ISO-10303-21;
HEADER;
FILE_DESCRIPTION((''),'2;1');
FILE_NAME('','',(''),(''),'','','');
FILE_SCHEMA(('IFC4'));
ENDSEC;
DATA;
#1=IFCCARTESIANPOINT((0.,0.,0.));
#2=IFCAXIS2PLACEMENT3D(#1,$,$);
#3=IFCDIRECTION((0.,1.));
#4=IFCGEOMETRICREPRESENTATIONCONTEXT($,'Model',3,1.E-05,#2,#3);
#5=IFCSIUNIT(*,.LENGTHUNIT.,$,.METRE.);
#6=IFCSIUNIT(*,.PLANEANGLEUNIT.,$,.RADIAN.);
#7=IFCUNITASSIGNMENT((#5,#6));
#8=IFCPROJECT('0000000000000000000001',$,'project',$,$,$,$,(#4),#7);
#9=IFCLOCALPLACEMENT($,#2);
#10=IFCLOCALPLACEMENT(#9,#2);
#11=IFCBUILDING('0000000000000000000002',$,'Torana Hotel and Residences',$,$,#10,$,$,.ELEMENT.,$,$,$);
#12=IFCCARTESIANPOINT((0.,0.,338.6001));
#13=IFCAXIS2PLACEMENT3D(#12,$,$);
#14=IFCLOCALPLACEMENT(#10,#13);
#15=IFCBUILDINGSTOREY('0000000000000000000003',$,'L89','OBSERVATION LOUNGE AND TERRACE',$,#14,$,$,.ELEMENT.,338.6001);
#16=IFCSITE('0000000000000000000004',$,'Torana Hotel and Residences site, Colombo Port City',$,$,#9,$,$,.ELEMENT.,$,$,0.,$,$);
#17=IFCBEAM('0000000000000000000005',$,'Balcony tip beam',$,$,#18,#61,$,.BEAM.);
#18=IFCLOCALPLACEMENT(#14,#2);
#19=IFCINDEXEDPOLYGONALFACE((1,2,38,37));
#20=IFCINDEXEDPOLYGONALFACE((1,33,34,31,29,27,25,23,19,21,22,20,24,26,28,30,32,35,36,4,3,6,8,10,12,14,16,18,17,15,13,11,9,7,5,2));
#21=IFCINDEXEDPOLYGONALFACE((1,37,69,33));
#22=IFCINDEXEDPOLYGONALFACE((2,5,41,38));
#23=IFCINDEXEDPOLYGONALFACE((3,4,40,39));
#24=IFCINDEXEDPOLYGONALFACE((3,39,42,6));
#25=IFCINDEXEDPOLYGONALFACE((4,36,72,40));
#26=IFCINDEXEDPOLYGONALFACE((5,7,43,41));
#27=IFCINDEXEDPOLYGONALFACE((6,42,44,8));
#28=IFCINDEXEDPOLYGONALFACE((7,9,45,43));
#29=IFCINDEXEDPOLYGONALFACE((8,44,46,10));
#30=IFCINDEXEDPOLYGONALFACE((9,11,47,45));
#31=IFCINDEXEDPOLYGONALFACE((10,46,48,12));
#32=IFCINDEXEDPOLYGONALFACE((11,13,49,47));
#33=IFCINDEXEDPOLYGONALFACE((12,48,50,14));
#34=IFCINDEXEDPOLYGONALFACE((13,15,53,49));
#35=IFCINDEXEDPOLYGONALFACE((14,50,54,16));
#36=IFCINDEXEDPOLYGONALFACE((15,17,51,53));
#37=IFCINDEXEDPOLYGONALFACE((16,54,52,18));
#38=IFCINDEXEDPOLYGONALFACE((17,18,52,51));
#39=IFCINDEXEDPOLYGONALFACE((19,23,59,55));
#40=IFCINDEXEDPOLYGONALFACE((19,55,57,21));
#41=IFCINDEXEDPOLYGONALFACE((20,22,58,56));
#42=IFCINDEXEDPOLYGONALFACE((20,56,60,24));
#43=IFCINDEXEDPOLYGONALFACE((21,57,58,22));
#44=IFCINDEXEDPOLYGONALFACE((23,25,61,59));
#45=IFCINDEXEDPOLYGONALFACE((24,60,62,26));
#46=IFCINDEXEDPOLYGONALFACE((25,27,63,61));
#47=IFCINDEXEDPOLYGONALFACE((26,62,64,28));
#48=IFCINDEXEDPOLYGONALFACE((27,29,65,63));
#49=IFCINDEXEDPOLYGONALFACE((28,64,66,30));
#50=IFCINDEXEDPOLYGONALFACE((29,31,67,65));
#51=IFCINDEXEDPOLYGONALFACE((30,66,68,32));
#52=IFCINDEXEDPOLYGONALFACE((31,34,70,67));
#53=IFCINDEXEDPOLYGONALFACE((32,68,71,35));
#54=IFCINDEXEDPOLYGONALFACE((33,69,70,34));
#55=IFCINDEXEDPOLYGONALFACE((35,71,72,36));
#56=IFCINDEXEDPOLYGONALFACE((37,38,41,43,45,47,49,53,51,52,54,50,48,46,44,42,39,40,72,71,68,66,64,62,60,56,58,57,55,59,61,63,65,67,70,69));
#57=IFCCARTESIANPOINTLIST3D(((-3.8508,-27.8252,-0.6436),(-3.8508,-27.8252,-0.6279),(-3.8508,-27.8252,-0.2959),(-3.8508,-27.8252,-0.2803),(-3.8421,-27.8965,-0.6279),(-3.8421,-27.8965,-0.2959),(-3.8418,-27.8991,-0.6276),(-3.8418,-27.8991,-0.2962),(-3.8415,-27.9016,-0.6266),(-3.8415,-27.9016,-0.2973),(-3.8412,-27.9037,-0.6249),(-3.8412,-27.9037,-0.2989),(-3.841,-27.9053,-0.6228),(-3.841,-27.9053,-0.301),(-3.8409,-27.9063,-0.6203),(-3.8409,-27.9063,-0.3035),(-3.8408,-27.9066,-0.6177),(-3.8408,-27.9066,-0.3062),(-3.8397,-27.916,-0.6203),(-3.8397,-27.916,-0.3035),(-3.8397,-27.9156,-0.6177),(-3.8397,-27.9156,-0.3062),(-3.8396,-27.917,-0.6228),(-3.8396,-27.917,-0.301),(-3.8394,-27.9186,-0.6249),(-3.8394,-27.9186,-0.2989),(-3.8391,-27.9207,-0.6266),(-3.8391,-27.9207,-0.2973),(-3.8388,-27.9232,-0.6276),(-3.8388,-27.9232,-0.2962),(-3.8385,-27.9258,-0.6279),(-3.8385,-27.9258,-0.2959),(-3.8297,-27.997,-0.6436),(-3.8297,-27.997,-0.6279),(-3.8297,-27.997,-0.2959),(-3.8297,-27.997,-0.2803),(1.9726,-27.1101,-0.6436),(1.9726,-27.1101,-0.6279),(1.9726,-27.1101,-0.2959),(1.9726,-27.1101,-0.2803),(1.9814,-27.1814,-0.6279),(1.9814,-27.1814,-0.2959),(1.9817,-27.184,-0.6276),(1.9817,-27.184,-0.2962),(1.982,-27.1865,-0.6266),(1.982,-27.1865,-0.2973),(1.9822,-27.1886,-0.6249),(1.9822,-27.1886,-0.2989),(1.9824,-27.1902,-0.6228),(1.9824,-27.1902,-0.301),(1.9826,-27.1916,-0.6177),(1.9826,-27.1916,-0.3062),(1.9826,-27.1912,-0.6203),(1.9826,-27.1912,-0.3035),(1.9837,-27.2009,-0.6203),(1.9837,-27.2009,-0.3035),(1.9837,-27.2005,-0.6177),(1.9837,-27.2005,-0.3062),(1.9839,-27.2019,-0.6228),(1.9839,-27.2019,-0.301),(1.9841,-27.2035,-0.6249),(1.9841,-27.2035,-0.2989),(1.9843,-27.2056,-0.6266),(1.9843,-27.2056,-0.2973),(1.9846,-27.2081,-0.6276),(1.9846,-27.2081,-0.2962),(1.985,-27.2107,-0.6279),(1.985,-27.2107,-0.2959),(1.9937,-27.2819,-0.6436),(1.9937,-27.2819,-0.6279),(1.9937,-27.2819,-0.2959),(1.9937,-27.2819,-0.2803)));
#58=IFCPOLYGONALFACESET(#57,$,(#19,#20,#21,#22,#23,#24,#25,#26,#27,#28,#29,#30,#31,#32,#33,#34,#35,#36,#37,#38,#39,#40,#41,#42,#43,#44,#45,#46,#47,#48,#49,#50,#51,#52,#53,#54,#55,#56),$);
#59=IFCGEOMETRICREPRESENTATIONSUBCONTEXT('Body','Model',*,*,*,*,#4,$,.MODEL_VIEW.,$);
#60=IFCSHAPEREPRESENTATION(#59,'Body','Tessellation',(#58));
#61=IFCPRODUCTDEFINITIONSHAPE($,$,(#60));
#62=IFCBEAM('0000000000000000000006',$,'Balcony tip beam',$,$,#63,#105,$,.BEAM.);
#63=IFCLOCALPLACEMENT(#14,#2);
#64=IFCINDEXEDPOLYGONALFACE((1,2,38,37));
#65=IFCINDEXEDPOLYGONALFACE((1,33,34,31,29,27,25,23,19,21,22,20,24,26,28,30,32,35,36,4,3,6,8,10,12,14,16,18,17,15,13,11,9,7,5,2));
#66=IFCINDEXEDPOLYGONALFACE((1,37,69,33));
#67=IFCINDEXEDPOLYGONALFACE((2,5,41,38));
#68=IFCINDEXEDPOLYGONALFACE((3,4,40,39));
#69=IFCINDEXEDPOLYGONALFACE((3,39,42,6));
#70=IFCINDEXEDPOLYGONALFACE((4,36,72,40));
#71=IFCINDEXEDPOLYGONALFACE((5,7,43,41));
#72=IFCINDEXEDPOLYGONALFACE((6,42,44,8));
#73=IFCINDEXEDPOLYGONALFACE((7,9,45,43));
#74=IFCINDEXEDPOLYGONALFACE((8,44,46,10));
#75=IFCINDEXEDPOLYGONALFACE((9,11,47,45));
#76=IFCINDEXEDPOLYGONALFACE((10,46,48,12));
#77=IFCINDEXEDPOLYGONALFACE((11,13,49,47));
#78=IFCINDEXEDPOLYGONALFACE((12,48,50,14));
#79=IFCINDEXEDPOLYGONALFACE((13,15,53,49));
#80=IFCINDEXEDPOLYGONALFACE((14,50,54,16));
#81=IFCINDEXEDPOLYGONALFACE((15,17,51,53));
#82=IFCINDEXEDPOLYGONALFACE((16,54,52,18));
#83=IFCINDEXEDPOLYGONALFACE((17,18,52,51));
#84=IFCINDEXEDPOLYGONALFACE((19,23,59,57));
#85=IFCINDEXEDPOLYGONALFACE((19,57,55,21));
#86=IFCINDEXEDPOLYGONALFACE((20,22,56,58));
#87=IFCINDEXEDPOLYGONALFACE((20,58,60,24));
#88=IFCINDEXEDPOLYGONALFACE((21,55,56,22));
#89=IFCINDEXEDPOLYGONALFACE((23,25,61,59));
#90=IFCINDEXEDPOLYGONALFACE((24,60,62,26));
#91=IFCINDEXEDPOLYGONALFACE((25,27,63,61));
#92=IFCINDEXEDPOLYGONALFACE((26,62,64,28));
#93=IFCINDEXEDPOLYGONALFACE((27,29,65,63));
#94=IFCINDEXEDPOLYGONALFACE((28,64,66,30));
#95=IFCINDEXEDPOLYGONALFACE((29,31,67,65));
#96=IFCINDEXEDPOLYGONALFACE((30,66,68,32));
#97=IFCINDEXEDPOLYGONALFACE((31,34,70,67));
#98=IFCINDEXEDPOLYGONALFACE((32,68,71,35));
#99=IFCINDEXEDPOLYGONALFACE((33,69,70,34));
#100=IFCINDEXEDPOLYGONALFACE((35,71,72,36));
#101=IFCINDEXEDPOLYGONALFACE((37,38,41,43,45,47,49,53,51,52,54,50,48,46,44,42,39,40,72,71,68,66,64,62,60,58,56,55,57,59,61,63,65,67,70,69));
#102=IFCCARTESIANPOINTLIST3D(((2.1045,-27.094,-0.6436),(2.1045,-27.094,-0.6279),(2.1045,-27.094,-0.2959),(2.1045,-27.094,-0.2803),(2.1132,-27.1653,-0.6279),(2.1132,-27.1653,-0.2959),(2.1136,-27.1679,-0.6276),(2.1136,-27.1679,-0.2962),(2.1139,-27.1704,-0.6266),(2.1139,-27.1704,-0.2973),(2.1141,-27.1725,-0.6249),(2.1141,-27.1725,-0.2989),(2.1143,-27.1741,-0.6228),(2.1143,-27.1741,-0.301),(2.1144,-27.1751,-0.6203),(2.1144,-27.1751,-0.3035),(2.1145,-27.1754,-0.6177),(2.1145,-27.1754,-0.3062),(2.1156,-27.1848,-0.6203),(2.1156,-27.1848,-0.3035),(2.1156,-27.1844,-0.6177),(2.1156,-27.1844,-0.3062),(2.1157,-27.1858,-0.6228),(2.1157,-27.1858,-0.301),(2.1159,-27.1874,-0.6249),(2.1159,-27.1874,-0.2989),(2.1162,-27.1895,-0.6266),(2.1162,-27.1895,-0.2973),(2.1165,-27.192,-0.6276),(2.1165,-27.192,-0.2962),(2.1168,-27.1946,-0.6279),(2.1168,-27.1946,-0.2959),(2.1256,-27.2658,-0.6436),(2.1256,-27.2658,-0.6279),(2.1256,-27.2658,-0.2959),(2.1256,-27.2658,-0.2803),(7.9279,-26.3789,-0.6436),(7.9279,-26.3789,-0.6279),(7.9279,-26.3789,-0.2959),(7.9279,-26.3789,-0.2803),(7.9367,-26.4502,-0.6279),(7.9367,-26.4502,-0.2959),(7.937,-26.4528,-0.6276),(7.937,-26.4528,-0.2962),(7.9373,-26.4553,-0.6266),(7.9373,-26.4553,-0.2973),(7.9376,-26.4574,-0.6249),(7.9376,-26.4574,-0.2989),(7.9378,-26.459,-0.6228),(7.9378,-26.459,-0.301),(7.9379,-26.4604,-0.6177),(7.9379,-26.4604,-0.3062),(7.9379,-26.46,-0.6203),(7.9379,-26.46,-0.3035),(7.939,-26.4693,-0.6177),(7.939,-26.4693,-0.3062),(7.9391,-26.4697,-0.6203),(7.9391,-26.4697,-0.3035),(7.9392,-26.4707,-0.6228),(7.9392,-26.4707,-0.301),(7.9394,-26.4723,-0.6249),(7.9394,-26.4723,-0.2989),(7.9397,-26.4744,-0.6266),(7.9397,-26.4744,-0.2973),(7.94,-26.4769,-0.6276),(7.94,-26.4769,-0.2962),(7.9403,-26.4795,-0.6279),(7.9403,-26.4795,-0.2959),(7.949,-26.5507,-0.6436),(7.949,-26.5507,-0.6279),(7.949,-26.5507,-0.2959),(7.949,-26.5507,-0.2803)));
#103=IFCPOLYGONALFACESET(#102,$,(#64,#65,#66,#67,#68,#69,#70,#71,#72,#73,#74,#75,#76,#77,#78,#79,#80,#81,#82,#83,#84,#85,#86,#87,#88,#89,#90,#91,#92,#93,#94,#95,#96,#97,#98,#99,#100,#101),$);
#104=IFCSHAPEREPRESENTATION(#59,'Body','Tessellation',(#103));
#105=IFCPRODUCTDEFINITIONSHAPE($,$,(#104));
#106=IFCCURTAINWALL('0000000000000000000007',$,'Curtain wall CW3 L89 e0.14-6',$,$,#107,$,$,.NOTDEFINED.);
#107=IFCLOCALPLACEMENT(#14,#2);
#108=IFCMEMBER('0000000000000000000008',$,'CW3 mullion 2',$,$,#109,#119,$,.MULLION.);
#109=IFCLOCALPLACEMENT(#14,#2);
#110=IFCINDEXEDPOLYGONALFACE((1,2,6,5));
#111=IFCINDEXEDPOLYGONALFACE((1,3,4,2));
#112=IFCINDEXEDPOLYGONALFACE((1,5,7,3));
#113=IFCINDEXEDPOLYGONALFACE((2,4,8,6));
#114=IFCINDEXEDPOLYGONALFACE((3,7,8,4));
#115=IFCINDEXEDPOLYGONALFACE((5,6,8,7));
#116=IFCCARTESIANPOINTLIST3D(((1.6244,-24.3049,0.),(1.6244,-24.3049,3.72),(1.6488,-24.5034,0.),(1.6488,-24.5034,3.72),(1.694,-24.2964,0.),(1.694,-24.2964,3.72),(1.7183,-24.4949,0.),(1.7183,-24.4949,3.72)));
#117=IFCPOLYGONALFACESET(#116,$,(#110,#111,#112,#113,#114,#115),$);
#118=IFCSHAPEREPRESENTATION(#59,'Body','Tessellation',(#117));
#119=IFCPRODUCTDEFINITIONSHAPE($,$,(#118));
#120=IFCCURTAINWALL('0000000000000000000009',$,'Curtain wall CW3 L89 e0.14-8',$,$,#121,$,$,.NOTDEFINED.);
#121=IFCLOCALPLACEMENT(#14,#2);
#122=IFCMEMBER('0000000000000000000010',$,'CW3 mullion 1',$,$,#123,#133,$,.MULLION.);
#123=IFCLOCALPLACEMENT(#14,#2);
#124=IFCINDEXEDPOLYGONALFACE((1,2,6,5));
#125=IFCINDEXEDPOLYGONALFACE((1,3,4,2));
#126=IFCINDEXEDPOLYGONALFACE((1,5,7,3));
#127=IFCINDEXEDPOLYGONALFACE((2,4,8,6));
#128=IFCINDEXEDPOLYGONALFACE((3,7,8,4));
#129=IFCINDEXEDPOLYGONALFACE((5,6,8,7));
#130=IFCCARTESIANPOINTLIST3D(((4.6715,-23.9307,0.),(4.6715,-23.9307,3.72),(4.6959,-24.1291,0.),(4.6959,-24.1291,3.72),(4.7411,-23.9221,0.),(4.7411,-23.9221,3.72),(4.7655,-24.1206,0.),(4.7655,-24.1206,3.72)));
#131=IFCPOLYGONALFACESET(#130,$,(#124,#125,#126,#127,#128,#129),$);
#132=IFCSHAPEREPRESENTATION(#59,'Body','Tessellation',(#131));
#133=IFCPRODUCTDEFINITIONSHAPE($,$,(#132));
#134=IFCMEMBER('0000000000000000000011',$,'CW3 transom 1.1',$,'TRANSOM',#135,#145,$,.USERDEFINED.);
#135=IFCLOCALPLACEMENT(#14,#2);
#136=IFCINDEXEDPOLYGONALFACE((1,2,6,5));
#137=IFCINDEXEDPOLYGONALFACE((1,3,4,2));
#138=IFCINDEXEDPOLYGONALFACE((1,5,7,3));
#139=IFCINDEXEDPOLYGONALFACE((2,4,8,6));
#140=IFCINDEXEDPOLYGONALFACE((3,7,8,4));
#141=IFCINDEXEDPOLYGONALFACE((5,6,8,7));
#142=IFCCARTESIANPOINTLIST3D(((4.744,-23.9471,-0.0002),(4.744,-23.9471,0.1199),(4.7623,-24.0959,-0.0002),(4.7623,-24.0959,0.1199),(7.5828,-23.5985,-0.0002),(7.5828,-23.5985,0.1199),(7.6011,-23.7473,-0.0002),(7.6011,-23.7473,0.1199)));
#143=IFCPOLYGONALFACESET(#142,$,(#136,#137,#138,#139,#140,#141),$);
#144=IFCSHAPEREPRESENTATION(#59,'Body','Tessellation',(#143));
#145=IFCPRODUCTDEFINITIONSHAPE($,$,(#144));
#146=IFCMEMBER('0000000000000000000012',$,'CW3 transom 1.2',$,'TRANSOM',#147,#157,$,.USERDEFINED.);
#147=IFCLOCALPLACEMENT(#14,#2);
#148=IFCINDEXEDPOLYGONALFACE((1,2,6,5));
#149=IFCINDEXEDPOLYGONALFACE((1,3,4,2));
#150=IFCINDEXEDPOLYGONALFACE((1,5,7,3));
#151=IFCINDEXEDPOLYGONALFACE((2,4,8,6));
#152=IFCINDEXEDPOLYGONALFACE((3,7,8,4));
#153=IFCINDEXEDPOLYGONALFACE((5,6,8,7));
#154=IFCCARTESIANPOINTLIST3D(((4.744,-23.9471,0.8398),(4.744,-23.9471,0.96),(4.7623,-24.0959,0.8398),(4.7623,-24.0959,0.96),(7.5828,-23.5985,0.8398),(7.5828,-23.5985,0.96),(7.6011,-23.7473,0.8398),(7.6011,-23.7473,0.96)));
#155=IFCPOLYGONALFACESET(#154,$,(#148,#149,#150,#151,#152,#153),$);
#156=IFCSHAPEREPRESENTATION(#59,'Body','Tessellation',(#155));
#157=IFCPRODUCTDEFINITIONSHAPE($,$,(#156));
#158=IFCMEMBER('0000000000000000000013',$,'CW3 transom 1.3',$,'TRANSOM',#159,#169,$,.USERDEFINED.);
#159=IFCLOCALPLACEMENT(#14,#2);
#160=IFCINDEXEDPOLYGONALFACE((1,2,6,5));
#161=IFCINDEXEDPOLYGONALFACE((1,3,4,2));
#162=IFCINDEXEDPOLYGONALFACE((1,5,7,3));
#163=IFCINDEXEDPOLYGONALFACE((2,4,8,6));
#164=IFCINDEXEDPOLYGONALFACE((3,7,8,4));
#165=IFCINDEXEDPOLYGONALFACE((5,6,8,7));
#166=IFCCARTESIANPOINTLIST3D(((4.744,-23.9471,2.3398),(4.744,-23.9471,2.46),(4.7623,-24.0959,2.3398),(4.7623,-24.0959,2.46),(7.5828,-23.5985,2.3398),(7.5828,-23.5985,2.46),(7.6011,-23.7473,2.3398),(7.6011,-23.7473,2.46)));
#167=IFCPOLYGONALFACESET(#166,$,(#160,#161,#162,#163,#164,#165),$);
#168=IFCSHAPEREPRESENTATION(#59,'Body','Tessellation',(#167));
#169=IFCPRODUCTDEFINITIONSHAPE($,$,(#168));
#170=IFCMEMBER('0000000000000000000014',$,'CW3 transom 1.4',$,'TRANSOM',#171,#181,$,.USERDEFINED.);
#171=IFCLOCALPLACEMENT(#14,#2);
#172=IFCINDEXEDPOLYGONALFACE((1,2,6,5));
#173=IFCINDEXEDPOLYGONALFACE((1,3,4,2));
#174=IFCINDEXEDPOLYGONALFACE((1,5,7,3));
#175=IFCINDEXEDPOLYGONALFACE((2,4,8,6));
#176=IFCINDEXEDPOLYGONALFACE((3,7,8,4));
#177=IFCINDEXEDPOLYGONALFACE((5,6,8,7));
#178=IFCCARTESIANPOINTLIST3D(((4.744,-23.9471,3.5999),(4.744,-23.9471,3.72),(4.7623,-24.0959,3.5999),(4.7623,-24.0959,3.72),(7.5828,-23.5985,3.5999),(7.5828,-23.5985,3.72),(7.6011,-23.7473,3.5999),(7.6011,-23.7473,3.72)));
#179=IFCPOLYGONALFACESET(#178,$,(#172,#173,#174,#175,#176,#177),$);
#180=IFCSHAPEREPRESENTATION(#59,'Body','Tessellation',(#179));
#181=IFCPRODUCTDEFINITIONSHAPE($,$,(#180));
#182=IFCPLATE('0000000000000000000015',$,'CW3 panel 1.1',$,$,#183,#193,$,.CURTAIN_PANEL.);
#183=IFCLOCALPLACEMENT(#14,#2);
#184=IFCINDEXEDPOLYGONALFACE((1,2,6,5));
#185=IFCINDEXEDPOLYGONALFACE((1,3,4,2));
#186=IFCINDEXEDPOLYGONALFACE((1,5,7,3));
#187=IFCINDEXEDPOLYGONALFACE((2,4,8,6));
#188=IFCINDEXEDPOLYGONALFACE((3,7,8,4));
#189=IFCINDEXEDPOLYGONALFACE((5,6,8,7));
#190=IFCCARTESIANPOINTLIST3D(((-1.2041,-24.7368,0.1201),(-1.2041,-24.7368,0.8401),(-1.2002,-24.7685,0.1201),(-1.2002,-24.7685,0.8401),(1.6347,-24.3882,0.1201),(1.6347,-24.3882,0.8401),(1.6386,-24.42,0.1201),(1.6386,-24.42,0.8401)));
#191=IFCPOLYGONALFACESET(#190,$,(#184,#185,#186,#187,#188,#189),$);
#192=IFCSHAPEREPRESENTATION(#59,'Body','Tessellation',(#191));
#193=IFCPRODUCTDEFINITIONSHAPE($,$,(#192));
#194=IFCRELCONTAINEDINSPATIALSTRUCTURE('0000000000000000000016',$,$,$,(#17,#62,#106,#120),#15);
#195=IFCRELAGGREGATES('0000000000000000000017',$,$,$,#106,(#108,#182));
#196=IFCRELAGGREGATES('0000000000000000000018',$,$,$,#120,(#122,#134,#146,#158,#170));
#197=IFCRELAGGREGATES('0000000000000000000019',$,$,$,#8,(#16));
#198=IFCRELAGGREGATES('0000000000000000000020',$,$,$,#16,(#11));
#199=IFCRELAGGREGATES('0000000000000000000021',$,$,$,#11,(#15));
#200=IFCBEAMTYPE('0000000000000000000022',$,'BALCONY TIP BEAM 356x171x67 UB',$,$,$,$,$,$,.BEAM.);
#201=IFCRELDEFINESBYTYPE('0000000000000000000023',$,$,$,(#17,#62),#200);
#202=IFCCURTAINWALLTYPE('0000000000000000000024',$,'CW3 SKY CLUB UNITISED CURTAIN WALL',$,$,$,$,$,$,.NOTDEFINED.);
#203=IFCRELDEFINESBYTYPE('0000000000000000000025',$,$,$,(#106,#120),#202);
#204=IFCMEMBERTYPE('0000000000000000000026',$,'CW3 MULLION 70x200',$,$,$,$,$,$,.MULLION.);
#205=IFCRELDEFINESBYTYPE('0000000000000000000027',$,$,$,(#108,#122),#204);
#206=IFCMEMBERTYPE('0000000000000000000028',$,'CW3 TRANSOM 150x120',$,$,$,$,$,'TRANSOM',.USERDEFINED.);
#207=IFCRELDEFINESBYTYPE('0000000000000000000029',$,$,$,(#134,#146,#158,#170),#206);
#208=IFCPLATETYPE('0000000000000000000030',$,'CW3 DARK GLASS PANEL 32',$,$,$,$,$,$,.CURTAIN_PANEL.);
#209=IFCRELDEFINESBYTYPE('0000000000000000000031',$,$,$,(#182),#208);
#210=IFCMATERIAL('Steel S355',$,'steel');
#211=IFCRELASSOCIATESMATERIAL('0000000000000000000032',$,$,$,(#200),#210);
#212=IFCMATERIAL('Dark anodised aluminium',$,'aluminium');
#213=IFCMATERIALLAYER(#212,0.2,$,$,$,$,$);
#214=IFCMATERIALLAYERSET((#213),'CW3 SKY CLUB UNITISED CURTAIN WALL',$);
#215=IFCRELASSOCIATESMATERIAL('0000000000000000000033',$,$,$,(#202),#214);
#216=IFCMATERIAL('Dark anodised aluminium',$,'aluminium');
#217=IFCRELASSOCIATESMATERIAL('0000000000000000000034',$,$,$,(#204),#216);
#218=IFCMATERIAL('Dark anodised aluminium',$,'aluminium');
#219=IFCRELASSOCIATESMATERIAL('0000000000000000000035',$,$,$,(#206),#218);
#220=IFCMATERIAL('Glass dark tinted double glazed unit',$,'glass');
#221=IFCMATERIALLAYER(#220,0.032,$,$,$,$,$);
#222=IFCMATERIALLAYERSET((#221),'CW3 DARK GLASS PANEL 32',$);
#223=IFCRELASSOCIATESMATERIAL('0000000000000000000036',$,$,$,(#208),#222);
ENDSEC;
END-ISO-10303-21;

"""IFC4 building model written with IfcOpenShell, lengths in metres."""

from ifc_helpers import new_model, si_unit, direction, frame, origin, origin_2d, place, context, subcontext, project, spatial, rectangle, i_section, extrude, material, layer, layer_set, material_profile, profile_set, type_object, element, aggregate, save


model = new_model("IFC4")

# Units and contexts
model_context = context("Model", 3, precision=1e-05, world=origin(), true_north=direction((0.0, 1.0)))
body_context = subcontext(model_context, "Body", "Model", "MODEL_VIEW")
ifc_project = project(units=[si_unit("LENGTHUNIT", "METRE"), si_unit("PLANEANGLEUNIT", "RADIAN")], contexts=[model_context])

# Site, building, storey
site_placement = place(None, origin())
site = spatial("IfcSite", under=ifc_project, at=site_placement, Name="Torana Hotel and Residences site, Colombo Port City", CompositionType="ELEMENT", RefElevation=0.0)
building_placement = place(site_placement, origin())
building = spatial("IfcBuilding", under=site, at=building_placement, Name="Torana Hotel and Residences", CompositionType="ELEMENT")
storey_placement = place(building_placement, frame((0.0, 0.0, 338.6001)))
storey = spatial("IfcBuildingStorey", under=building, at=storey_placement, Name="L89", Description="OBSERVATION LOUNGE AND TERRACE", CompositionType="ELEMENT", Elevation=338.6001)

# Beams
ifc_material_1 = material(Name="Steel S355", Category="steel")
ifc_material_profile_1 = material_profile(ifc_material_1, i_section(OverallWidth=0.1731, OverallDepth=0.3633, WebThickness=0.009, FlangeThickness=0.0156, FilletRadius=0.0103, at=origin_2d()), Name="356x171x67 UB")
ifc_profile_set_1 = profile_set([ifc_material_profile_1], Name="Steel S355")
beam_type = type_object("IfcBeamType", Name="BALCONY TIP BEAM 356x171x67 UB", PredefinedType="BEAM", material=ifc_profile_set_1)
for number, where, z_axis, x_axis, name in (
    (1, (1.9832, -27.196, -0.4619), (-0.992545, -0.121878, 0.0), (0.121878, -0.992545, 0.0), "Balcony tip beam"),
    (2, (7.9385, -26.4648, -0.4619), (-0.992545, -0.121878, 0.0), (0.121878, -0.992545, 0.0), "Balcony tip beam"),
):
    element("IfcBeam", number, at=place(storey_placement, frame(where, z_axis=z_axis, x_axis=x_axis)), inside=storey, type_object=beam_type, Name=name, PredefinedType="BEAM", context=body_context, shape_type="SweptSolid", body=[
        extrude(i_section(OverallWidth=0.1731, OverallDepth=0.3633, WebThickness=0.009, FlangeThickness=0.0156, FilletRadius=0.0103, at=origin_2d()), origin(), (0.0, 0.0, 1.0), 5.8672),
    ])

# Curtain wall, member
ifc_material_2 = material(Name="Dark anodised aluminium", Category="aluminium")
ifc_layer_1 = layer(ifc_material_2, 0.2)
ifc_layer_set_1 = layer_set([ifc_layer_1], Name="CW3 SKY CLUB UNITISED CURTAIN WALL")
curtain_wall_type = type_object("IfcCurtainWallType", Name="CW3 SKY CLUB UNITISED CURTAIN WALL", PredefinedType="NOTDEFINED", material=ifc_layer_set_1)
curtain_wall_1_placement = place(storey_placement, origin())
curtain_wall_1 = element("IfcCurtainWall", 3, at=curtain_wall_1_placement, inside=storey, type_object=curtain_wall_type, Name="Curtain wall CW3 L89 e0.14-6", PredefinedType="NOTDEFINED")
ifc_material_3 = material(Name="Dark anodised aluminium", Category="aluminium")
ifc_material_profile_2 = material_profile(ifc_material_3, rectangle(XDim=0.2, YDim=0.0701, at=origin_2d()), Name="CW3 MULLION 70x200")
ifc_profile_set_2 = profile_set([ifc_material_profile_2], Name="Dark anodised aluminium")
member_type_1 = type_object("IfcMemberType", Name="CW3 MULLION 70x200", PredefinedType="MULLION", material=ifc_profile_set_2)
member_1_placement = place(storey_placement, frame((1.6714, -24.3999, 0.0), z_axis=(0.0, 0.0, 1.0), x_axis=(-0.121864, 0.992547, 0.0)))
member_1 = element("IfcMember", 4, at=member_1_placement, type_object=member_type_1, Name="CW3 mullion 2", PredefinedType="MULLION", context=body_context, shape_type="SweptSolid", body=[
    extrude(rectangle(XDim=0.2, YDim=0.0701, at=origin_2d()), origin(), (0.0, 0.0, 1.0), 3.72),
])

# Curtain wall, members
curtain_wall_2_placement = place(storey_placement, origin())
curtain_wall_2 = element("IfcCurtainWall", 5, at=curtain_wall_2_placement, inside=storey, type_object=curtain_wall_type, Name="Curtain wall CW3 L89 e0.14-8", PredefinedType="NOTDEFINED")
member_2_placement = place(storey_placement, frame((4.7185, -24.0256, 0.0), z_axis=(0.0, 0.0, 1.0), x_axis=(-0.121868, 0.992546, 0.0)))
member_2 = element("IfcMember", 6, at=member_2_placement, type_object=member_type_1, Name="CW3 mullion 1", PredefinedType="MULLION", context=body_context, shape_type="SweptSolid", body=[
    extrude(rectangle(XDim=0.2, YDim=0.0701, at=origin_2d()), origin(), (0.0, 0.0, 1.0), 3.72),
])
ifc_material_4 = material(Name="Dark anodised aluminium", Category="aluminium")
ifc_material_profile_3 = material_profile(ifc_material_4, rectangle(XDim=0.1499, YDim=0.1201, at=origin_2d()), Name="CW3 TRANSOM 150x120")
ifc_profile_set_3 = profile_set([ifc_material_profile_3], Name="Dark anodised aluminium")
member_type_2 = type_object("IfcMemberType", Name="CW3 TRANSOM 150x120", ElementType="TRANSOM", PredefinedType="USERDEFINED", material=ifc_profile_set_3)
member_3_placement = place(storey_placement, frame((4.7532, -24.0215, 0.0598), z_axis=(0.992543, 0.121891, 0.0), x_axis=(-0.121891, 0.992543, 0.0)))
member_3 = element("IfcMember", 7, at=member_3_placement, type_object=member_type_2, Name="CW3 transom 1.1", ObjectType="TRANSOM", PredefinedType="USERDEFINED", context=body_context, shape_type="SweptSolid", body=[
    extrude(rectangle(XDim=0.1499, YDim=0.1201, at=origin_2d()), origin(), (0.0, 0.0, 1.0), 2.8601),
])
member_4_placement = place(storey_placement, frame((4.7532, -24.0215, 0.8999), z_axis=(0.992543, 0.121891, 0.0), x_axis=(-0.121891, 0.992543, 0.0)))
member_4 = element("IfcMember", 8, at=member_4_placement, type_object=member_type_2, Name="CW3 transom 1.2", ObjectType="TRANSOM", PredefinedType="USERDEFINED", context=body_context, shape_type="SweptSolid", body=[
    extrude(rectangle(XDim=0.1499, YDim=0.1201, at=origin_2d()), origin(), (0.0, 0.0, 1.0), 2.8601),
])
member_5_placement = place(storey_placement, frame((4.7532, -24.0215, 2.3999), z_axis=(0.992543, 0.121891, 0.0), x_axis=(-0.121891, 0.992543, 0.0)))
member_5 = element("IfcMember", 9, at=member_5_placement, type_object=member_type_2, Name="CW3 transom 1.3", ObjectType="TRANSOM", PredefinedType="USERDEFINED", context=body_context, shape_type="SweptSolid", body=[
    extrude(rectangle(XDim=0.1499, YDim=0.1201, at=origin_2d()), origin(), (0.0, 0.0, 1.0), 2.8601),
])
member_6_placement = place(storey_placement, frame((4.7532, -24.0215, 3.6599), z_axis=(0.992543, 0.121891, 0.0), x_axis=(-0.121891, 0.992543, 0.0)))
member_6 = element("IfcMember", 10, at=member_6_placement, type_object=member_type_2, Name="CW3 transom 1.4", ObjectType="TRANSOM", PredefinedType="USERDEFINED", context=body_context, shape_type="SweptSolid", body=[
    extrude(rectangle(XDim=0.1499, YDim=0.1201, at=origin_2d()), origin(), (0.0, 0.0, 1.0), 2.8601),
])

# Plate
ifc_material_5 = material(Name="Glass dark tinted double glazed unit", Category="glass")
ifc_layer_2 = layer(ifc_material_5, 0.032)
ifc_layer_set_2 = layer_set([ifc_layer_2], Name="CW3 DARK GLASS PANEL 32")
plate_type = type_object("IfcPlateType", Name="CW3 DARK GLASS PANEL 32", PredefinedType="CURTAIN_PANEL", material=ifc_layer_set_2)
plate_1_placement = place(storey_placement, frame((0.2173, -24.5784, 0.1201), z_axis=(0.0, 0.0, 1.0), x_axis=(0.992547, 0.121864, 0.0)))
plate_1 = element("IfcPlate", 11, at=plate_1_placement, type_object=plate_type, Name="CW3 panel 1.1", PredefinedType="CURTAIN_PANEL", context=body_context, shape_type="SweptSolid", body=[
    extrude(rectangle(XDim=2.8601, YDim=0.032, at=origin_2d()), origin(), (0.0, 0.0, 1.0), 0.72),
])
aggregate(curtain_wall_1, [member_1, plate_1])
aggregate(curtain_wall_2, [member_2, member_3, member_4, member_5, member_6])

save(model, "model.ifc")
